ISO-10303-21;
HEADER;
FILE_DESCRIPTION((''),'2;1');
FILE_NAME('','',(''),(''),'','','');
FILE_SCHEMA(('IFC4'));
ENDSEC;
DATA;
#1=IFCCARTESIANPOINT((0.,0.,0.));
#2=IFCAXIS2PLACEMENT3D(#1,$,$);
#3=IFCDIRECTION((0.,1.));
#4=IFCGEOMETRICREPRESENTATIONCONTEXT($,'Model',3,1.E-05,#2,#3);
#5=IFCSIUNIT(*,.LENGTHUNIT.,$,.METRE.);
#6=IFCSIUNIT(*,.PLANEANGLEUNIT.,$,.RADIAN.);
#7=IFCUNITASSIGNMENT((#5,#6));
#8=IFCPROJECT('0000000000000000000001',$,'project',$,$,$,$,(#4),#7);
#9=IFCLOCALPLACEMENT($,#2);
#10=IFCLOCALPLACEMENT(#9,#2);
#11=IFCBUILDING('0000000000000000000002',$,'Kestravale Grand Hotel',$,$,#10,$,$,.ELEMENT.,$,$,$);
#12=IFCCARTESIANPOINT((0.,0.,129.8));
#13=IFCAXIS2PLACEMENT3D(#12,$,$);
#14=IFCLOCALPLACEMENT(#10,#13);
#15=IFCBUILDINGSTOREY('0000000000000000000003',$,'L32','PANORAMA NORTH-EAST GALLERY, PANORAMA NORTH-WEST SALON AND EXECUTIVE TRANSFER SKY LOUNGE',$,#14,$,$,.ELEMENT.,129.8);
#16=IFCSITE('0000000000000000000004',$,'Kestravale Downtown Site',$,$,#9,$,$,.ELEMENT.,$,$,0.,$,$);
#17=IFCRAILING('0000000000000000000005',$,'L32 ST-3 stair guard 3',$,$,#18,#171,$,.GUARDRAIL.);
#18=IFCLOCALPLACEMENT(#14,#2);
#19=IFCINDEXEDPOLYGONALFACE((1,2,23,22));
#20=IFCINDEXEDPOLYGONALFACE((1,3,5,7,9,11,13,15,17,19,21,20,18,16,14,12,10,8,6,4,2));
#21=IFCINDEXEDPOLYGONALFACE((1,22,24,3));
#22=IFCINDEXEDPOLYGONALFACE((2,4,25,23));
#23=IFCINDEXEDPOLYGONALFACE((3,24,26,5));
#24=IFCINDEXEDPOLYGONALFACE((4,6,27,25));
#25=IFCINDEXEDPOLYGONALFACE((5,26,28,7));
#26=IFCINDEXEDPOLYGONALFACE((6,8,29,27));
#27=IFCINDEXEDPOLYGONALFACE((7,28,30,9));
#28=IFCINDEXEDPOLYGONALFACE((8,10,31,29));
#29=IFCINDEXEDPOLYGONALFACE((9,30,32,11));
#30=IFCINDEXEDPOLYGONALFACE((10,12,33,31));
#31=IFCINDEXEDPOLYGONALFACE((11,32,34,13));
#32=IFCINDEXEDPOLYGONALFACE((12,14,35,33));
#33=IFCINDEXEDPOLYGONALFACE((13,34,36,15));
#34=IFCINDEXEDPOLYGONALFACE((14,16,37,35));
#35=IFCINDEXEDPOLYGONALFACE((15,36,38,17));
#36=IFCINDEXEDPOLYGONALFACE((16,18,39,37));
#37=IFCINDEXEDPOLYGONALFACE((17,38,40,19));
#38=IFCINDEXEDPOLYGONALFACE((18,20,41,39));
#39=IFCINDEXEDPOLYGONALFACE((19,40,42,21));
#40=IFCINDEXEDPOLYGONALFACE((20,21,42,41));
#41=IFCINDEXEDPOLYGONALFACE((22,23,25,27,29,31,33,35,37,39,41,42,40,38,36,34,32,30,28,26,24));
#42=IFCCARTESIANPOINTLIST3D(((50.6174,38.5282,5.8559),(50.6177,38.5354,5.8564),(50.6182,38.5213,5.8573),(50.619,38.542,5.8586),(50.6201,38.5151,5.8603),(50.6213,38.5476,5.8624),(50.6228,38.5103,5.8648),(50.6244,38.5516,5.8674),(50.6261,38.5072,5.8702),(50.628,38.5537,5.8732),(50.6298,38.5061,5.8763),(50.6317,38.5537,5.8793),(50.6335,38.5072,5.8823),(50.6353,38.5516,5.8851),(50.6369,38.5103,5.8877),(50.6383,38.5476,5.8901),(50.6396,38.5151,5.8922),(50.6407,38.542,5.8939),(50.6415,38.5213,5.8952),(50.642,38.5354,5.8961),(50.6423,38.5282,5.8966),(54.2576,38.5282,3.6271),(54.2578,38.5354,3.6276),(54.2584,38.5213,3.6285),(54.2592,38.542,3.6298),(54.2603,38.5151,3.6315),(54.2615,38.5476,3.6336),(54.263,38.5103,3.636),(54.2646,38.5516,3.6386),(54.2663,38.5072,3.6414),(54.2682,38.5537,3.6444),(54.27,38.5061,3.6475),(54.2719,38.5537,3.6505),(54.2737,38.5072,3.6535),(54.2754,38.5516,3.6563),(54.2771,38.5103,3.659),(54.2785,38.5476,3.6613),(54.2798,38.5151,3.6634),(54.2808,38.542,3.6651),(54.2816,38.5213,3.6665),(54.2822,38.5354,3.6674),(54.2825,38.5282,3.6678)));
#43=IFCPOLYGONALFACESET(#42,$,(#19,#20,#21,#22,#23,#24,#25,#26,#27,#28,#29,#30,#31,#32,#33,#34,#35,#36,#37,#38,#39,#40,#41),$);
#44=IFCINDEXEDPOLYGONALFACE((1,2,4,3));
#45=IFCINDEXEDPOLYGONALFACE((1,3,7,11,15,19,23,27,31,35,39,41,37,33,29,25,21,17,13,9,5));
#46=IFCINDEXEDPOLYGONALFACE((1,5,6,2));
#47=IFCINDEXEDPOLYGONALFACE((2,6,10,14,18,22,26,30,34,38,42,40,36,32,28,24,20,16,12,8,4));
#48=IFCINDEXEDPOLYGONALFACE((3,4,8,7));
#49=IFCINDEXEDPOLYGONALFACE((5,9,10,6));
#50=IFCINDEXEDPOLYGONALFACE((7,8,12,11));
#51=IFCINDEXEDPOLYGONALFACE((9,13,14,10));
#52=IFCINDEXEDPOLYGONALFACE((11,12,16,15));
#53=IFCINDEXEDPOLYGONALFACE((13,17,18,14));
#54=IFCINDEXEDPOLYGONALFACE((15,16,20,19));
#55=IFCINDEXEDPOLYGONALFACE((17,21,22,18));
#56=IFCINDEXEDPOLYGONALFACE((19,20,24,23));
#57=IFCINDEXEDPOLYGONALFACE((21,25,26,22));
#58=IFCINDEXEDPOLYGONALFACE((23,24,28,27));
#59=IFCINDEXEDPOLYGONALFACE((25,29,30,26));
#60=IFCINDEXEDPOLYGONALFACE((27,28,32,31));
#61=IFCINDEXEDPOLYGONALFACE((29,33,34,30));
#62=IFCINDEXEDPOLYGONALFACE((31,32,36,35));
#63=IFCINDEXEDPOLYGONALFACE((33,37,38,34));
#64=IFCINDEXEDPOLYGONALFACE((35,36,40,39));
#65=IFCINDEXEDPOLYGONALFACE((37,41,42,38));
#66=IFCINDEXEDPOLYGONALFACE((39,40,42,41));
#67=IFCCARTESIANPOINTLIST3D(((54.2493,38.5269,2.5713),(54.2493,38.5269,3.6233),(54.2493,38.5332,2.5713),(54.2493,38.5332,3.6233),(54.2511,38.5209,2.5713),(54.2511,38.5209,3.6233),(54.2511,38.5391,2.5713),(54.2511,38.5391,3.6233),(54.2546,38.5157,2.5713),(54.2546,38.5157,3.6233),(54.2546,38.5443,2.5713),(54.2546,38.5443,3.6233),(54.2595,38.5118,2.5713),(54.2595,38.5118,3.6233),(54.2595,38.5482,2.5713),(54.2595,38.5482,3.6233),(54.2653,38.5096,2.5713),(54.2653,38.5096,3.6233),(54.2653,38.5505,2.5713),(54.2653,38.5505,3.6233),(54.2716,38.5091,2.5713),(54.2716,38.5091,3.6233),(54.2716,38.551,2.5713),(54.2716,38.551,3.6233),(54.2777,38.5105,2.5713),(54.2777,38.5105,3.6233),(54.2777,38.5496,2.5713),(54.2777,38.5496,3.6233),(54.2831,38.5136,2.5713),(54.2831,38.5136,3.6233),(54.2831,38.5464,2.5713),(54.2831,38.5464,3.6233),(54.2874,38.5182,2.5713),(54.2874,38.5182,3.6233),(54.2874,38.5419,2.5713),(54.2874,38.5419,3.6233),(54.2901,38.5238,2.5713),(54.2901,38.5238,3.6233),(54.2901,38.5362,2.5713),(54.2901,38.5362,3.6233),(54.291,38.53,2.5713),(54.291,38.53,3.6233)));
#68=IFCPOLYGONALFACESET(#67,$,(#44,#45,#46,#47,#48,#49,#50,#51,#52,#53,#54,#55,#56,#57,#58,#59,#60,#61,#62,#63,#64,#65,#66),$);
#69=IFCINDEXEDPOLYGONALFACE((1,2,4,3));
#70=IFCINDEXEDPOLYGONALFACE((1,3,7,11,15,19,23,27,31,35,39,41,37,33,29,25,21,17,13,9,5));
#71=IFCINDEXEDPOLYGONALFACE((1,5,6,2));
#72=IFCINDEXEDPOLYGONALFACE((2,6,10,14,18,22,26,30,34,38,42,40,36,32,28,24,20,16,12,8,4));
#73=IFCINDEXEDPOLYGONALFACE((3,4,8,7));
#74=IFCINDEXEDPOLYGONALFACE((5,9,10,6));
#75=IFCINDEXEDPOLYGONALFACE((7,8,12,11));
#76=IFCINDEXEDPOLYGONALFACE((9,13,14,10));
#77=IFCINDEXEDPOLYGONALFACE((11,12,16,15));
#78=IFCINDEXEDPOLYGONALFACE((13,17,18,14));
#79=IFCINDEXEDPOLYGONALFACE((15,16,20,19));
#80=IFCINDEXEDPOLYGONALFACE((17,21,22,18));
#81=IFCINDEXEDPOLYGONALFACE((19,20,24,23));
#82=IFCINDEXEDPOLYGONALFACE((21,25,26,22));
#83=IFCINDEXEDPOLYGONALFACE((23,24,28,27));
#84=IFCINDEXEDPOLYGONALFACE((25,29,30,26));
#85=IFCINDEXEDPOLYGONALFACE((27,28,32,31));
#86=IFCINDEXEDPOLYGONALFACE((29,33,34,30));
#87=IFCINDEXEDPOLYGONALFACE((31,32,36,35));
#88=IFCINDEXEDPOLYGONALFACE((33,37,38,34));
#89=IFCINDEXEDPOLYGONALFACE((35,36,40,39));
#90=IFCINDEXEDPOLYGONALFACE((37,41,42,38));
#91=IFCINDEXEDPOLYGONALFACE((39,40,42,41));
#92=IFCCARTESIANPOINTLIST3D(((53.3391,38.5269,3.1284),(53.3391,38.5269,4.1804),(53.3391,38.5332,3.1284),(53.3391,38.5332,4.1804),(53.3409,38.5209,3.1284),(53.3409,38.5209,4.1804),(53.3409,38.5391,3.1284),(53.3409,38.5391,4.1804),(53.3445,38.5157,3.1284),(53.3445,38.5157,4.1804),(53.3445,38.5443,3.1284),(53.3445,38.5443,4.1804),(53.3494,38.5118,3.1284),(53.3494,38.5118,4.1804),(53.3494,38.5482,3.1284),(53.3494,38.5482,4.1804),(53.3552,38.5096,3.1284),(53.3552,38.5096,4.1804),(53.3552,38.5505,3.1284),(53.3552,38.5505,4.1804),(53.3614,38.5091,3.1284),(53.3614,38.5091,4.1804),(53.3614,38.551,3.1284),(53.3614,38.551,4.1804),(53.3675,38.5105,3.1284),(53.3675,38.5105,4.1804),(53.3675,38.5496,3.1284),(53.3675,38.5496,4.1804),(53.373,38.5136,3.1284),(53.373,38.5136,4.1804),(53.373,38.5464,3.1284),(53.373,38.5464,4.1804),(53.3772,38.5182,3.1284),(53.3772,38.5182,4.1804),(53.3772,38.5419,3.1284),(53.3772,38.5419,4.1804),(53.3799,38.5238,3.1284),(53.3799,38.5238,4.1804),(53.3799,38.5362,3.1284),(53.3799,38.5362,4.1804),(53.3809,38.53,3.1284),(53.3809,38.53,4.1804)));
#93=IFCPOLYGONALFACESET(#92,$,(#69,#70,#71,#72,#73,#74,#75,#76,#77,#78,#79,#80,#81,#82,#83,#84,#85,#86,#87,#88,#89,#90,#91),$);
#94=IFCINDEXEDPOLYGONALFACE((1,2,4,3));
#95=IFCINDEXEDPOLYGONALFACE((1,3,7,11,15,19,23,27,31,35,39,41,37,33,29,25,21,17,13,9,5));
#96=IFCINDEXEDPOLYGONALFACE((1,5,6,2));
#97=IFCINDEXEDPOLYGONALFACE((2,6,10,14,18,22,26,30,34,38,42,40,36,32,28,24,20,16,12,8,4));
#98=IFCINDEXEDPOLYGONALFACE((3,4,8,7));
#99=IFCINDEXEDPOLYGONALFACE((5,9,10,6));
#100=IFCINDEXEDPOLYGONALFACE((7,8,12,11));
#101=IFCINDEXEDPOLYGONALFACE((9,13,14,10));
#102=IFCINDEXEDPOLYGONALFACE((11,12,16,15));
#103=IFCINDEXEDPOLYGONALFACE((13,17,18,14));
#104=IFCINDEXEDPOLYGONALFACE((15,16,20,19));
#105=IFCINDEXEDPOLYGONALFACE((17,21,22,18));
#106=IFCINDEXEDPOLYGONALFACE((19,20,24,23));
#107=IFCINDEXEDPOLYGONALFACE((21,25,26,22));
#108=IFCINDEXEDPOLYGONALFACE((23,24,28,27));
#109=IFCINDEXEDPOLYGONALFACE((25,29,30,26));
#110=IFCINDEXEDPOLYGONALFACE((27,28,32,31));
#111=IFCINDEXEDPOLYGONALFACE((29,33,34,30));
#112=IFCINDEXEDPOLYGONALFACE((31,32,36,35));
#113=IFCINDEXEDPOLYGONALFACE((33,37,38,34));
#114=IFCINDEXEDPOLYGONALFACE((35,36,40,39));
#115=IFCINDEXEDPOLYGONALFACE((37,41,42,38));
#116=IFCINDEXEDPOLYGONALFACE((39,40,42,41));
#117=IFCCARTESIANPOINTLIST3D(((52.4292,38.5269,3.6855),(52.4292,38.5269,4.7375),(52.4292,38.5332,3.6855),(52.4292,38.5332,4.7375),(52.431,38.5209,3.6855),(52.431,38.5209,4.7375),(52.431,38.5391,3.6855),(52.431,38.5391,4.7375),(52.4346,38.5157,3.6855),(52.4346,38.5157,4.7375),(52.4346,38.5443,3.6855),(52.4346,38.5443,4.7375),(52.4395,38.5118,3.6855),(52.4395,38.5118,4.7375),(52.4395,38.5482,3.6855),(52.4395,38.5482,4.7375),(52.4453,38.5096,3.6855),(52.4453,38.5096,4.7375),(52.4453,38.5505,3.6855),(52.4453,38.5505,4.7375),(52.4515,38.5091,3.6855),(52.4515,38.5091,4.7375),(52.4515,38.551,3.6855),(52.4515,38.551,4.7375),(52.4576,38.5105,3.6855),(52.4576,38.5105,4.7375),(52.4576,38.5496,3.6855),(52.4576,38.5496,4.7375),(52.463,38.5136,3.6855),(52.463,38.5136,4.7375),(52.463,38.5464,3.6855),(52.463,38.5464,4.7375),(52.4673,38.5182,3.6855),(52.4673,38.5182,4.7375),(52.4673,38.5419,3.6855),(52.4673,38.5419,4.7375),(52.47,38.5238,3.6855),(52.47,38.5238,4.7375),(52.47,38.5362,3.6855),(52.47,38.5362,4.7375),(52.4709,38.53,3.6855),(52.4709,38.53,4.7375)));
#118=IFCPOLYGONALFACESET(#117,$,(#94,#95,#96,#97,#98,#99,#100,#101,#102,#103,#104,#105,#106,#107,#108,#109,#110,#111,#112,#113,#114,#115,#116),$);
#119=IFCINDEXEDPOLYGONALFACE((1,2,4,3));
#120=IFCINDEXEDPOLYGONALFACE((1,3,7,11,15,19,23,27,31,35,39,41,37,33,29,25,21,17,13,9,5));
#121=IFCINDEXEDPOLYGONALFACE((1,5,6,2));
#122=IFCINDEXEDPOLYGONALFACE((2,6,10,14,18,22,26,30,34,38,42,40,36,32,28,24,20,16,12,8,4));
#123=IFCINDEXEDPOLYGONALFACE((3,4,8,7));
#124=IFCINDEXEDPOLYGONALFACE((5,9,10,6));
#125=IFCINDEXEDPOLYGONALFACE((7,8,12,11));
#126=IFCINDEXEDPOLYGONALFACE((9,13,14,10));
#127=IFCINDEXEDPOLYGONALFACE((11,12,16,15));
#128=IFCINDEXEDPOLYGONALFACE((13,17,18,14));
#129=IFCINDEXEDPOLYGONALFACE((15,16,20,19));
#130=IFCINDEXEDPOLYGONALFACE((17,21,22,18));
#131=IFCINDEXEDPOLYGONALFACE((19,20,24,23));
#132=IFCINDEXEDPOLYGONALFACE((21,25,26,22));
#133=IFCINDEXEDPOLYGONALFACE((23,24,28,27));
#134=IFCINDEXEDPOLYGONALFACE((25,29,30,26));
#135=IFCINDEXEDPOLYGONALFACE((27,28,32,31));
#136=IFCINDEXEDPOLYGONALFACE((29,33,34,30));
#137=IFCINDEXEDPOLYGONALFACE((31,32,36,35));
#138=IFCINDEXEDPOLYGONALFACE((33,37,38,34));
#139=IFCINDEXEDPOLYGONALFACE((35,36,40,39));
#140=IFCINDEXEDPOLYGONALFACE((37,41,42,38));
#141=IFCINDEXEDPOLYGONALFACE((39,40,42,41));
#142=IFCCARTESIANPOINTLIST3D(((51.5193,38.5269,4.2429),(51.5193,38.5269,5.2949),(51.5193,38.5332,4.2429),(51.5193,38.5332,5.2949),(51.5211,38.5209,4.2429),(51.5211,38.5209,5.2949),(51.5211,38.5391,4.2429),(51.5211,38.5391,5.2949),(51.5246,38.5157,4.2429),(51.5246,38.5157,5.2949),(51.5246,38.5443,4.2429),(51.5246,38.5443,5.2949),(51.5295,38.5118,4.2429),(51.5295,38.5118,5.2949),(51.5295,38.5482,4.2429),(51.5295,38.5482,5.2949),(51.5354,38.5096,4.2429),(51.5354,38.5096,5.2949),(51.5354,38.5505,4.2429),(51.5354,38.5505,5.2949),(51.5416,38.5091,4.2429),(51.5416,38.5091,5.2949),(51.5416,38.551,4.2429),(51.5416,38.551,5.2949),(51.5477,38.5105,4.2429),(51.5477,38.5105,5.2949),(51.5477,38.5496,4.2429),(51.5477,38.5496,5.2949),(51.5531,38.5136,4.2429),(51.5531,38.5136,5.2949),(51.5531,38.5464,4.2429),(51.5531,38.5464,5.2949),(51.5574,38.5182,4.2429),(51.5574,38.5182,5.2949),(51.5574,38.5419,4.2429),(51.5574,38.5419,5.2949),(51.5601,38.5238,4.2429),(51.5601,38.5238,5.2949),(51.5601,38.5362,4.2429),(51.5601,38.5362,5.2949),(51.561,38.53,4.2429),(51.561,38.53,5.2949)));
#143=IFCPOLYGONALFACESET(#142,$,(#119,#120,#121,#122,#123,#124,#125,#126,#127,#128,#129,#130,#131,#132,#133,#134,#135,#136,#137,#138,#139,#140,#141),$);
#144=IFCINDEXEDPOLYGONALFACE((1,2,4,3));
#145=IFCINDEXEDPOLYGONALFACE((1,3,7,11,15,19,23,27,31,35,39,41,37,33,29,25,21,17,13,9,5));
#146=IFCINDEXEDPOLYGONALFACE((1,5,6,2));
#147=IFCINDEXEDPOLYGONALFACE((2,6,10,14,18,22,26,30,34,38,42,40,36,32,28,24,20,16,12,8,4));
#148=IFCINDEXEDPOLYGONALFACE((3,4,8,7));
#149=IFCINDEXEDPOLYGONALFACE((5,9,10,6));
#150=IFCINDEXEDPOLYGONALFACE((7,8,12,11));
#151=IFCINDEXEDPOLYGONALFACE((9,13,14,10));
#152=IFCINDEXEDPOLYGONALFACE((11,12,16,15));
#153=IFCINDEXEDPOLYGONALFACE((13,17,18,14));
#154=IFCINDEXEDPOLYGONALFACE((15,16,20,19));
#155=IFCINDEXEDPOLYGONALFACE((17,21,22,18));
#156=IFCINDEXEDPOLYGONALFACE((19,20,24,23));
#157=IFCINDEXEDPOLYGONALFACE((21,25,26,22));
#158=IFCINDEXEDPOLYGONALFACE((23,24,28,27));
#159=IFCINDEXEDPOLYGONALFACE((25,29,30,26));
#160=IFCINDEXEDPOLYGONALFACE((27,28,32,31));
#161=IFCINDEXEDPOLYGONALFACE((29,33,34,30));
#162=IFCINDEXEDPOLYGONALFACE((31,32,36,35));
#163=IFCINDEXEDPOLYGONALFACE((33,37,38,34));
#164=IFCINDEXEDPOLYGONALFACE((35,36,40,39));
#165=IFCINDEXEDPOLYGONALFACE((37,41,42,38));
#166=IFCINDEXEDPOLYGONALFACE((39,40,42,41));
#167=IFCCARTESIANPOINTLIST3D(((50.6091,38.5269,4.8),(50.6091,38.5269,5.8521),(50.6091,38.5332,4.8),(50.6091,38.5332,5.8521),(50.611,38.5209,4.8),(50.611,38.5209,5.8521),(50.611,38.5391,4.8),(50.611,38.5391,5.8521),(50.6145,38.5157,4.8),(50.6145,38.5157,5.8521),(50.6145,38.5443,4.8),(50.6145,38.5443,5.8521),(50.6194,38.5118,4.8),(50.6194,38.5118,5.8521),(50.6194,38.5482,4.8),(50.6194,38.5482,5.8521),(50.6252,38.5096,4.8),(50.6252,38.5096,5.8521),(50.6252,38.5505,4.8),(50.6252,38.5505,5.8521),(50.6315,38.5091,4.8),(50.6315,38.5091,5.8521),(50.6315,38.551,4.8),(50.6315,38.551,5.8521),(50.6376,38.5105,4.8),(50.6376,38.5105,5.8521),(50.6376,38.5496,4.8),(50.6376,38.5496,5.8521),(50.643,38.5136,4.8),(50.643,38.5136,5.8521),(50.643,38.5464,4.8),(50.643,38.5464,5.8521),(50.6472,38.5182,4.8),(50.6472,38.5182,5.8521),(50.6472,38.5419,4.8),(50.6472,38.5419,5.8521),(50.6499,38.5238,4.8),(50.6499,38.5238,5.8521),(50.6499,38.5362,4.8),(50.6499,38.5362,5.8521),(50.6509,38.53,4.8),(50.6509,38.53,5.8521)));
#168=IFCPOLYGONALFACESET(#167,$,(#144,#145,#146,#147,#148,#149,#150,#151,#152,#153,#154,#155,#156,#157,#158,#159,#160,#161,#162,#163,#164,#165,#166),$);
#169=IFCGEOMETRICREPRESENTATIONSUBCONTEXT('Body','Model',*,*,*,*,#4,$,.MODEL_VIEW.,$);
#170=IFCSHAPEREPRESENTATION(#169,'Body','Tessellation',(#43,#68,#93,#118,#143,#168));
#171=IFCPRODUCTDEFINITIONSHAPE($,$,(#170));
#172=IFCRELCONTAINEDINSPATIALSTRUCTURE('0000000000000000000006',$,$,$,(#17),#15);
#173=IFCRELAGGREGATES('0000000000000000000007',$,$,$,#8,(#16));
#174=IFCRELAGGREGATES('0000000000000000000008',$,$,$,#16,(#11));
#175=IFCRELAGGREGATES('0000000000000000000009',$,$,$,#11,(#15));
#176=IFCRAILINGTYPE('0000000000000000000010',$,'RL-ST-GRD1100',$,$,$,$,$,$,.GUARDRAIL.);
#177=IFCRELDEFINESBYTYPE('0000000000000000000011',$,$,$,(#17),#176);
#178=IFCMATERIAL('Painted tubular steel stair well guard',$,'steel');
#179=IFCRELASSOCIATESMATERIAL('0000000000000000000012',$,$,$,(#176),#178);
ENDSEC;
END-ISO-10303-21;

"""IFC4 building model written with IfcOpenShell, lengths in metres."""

from ifc_helpers import new_model, si_unit, direction, frame, origin, origin_2d, place, context, subcontext, project, spatial, circle, extrude, material, type_object, element, save


model = new_model("IFC4")

# Units and contexts
model_context = context("Model", 3, precision=1e-05, world=origin(), true_north=direction((0.0, 1.0)))
body_context = subcontext(model_context, "Body", "Model", "MODEL_VIEW")
ifc_project = project(units=[si_unit("LENGTHUNIT", "METRE"), si_unit("PLANEANGLEUNIT", "RADIAN")], contexts=[model_context])

# Site, building, storey
site_placement = place(None, origin())
site = spatial("IfcSite", under=ifc_project, at=site_placement, Name="Kestravale Downtown Site", CompositionType="ELEMENT", RefElevation=0.0)
building_placement = place(site_placement, origin())
building = spatial("IfcBuilding", under=site, at=building_placement, Name="Kestravale Grand Hotel", CompositionType="ELEMENT")
storey_placement = place(building_placement, frame((0.0, 0.0, 129.8)))
storey = spatial("IfcBuildingStorey", under=building, at=storey_placement, Name="L32", Description="PANORAMA NORTH-EAST GALLERY, PANORAMA NORTH-WEST SALON AND EXECUTIVE TRANSFER SKY LOUNGE", CompositionType="ELEMENT", Elevation=129.8)

# Railing
ifc_material_1 = material(Name="Painted tubular steel stair well guard", Category="steel")
railing_type_1 = type_object("IfcRailingType", Name="RL-ST-GRD1100", PredefinedType="GUARDRAIL", material=ifc_material_1)
railing_1_placement = place(storey_placement, frame((54.27, 38.53, 2.5713)))
element("IfcRailing", 1, at=railing_1_placement, inside=storey, type_object=railing_type_1, Name="L32 ST-3 stair guard 3", PredefinedType="GUARDRAIL", context=body_context, shape_type="SweptSolid", body=[
    extrude(circle(Radius=0.0239, at=origin_2d()), frame((0.0, 0.0, 1.0762), z_axis=(-0.85284, 0.0, 0.522172), x_axis=(0.0, -1.0, 0.0)), (0.0, 0.0, 1.0), 4.2683),
    extrude(circle(Radius=0.021, at=origin_2d()), origin(), (0.0, 0.0, 1.0), 1.052),
    extrude(circle(Radius=0.021, at=origin_2d()), frame((-0.9102, 0.0, 0.5571)), (0.0, 0.0, 1.0), 1.052),
    extrude(circle(Radius=0.021, at=origin_2d()), frame((-1.8201, 0.0, 1.1143)), (0.0, 0.0, 1.0), 1.052),
    extrude(circle(Radius=0.021, at=origin_2d()), frame((-2.73, 0.0, 1.6716)), (0.0, 0.0, 1.0), 1.052),
    extrude(circle(Radius=0.021, at=origin_2d()), frame((-3.6401, 0.0, 2.2288)), (0.0, 0.0, 1.0), 1.052),
])

save(model, "model.ifc")
